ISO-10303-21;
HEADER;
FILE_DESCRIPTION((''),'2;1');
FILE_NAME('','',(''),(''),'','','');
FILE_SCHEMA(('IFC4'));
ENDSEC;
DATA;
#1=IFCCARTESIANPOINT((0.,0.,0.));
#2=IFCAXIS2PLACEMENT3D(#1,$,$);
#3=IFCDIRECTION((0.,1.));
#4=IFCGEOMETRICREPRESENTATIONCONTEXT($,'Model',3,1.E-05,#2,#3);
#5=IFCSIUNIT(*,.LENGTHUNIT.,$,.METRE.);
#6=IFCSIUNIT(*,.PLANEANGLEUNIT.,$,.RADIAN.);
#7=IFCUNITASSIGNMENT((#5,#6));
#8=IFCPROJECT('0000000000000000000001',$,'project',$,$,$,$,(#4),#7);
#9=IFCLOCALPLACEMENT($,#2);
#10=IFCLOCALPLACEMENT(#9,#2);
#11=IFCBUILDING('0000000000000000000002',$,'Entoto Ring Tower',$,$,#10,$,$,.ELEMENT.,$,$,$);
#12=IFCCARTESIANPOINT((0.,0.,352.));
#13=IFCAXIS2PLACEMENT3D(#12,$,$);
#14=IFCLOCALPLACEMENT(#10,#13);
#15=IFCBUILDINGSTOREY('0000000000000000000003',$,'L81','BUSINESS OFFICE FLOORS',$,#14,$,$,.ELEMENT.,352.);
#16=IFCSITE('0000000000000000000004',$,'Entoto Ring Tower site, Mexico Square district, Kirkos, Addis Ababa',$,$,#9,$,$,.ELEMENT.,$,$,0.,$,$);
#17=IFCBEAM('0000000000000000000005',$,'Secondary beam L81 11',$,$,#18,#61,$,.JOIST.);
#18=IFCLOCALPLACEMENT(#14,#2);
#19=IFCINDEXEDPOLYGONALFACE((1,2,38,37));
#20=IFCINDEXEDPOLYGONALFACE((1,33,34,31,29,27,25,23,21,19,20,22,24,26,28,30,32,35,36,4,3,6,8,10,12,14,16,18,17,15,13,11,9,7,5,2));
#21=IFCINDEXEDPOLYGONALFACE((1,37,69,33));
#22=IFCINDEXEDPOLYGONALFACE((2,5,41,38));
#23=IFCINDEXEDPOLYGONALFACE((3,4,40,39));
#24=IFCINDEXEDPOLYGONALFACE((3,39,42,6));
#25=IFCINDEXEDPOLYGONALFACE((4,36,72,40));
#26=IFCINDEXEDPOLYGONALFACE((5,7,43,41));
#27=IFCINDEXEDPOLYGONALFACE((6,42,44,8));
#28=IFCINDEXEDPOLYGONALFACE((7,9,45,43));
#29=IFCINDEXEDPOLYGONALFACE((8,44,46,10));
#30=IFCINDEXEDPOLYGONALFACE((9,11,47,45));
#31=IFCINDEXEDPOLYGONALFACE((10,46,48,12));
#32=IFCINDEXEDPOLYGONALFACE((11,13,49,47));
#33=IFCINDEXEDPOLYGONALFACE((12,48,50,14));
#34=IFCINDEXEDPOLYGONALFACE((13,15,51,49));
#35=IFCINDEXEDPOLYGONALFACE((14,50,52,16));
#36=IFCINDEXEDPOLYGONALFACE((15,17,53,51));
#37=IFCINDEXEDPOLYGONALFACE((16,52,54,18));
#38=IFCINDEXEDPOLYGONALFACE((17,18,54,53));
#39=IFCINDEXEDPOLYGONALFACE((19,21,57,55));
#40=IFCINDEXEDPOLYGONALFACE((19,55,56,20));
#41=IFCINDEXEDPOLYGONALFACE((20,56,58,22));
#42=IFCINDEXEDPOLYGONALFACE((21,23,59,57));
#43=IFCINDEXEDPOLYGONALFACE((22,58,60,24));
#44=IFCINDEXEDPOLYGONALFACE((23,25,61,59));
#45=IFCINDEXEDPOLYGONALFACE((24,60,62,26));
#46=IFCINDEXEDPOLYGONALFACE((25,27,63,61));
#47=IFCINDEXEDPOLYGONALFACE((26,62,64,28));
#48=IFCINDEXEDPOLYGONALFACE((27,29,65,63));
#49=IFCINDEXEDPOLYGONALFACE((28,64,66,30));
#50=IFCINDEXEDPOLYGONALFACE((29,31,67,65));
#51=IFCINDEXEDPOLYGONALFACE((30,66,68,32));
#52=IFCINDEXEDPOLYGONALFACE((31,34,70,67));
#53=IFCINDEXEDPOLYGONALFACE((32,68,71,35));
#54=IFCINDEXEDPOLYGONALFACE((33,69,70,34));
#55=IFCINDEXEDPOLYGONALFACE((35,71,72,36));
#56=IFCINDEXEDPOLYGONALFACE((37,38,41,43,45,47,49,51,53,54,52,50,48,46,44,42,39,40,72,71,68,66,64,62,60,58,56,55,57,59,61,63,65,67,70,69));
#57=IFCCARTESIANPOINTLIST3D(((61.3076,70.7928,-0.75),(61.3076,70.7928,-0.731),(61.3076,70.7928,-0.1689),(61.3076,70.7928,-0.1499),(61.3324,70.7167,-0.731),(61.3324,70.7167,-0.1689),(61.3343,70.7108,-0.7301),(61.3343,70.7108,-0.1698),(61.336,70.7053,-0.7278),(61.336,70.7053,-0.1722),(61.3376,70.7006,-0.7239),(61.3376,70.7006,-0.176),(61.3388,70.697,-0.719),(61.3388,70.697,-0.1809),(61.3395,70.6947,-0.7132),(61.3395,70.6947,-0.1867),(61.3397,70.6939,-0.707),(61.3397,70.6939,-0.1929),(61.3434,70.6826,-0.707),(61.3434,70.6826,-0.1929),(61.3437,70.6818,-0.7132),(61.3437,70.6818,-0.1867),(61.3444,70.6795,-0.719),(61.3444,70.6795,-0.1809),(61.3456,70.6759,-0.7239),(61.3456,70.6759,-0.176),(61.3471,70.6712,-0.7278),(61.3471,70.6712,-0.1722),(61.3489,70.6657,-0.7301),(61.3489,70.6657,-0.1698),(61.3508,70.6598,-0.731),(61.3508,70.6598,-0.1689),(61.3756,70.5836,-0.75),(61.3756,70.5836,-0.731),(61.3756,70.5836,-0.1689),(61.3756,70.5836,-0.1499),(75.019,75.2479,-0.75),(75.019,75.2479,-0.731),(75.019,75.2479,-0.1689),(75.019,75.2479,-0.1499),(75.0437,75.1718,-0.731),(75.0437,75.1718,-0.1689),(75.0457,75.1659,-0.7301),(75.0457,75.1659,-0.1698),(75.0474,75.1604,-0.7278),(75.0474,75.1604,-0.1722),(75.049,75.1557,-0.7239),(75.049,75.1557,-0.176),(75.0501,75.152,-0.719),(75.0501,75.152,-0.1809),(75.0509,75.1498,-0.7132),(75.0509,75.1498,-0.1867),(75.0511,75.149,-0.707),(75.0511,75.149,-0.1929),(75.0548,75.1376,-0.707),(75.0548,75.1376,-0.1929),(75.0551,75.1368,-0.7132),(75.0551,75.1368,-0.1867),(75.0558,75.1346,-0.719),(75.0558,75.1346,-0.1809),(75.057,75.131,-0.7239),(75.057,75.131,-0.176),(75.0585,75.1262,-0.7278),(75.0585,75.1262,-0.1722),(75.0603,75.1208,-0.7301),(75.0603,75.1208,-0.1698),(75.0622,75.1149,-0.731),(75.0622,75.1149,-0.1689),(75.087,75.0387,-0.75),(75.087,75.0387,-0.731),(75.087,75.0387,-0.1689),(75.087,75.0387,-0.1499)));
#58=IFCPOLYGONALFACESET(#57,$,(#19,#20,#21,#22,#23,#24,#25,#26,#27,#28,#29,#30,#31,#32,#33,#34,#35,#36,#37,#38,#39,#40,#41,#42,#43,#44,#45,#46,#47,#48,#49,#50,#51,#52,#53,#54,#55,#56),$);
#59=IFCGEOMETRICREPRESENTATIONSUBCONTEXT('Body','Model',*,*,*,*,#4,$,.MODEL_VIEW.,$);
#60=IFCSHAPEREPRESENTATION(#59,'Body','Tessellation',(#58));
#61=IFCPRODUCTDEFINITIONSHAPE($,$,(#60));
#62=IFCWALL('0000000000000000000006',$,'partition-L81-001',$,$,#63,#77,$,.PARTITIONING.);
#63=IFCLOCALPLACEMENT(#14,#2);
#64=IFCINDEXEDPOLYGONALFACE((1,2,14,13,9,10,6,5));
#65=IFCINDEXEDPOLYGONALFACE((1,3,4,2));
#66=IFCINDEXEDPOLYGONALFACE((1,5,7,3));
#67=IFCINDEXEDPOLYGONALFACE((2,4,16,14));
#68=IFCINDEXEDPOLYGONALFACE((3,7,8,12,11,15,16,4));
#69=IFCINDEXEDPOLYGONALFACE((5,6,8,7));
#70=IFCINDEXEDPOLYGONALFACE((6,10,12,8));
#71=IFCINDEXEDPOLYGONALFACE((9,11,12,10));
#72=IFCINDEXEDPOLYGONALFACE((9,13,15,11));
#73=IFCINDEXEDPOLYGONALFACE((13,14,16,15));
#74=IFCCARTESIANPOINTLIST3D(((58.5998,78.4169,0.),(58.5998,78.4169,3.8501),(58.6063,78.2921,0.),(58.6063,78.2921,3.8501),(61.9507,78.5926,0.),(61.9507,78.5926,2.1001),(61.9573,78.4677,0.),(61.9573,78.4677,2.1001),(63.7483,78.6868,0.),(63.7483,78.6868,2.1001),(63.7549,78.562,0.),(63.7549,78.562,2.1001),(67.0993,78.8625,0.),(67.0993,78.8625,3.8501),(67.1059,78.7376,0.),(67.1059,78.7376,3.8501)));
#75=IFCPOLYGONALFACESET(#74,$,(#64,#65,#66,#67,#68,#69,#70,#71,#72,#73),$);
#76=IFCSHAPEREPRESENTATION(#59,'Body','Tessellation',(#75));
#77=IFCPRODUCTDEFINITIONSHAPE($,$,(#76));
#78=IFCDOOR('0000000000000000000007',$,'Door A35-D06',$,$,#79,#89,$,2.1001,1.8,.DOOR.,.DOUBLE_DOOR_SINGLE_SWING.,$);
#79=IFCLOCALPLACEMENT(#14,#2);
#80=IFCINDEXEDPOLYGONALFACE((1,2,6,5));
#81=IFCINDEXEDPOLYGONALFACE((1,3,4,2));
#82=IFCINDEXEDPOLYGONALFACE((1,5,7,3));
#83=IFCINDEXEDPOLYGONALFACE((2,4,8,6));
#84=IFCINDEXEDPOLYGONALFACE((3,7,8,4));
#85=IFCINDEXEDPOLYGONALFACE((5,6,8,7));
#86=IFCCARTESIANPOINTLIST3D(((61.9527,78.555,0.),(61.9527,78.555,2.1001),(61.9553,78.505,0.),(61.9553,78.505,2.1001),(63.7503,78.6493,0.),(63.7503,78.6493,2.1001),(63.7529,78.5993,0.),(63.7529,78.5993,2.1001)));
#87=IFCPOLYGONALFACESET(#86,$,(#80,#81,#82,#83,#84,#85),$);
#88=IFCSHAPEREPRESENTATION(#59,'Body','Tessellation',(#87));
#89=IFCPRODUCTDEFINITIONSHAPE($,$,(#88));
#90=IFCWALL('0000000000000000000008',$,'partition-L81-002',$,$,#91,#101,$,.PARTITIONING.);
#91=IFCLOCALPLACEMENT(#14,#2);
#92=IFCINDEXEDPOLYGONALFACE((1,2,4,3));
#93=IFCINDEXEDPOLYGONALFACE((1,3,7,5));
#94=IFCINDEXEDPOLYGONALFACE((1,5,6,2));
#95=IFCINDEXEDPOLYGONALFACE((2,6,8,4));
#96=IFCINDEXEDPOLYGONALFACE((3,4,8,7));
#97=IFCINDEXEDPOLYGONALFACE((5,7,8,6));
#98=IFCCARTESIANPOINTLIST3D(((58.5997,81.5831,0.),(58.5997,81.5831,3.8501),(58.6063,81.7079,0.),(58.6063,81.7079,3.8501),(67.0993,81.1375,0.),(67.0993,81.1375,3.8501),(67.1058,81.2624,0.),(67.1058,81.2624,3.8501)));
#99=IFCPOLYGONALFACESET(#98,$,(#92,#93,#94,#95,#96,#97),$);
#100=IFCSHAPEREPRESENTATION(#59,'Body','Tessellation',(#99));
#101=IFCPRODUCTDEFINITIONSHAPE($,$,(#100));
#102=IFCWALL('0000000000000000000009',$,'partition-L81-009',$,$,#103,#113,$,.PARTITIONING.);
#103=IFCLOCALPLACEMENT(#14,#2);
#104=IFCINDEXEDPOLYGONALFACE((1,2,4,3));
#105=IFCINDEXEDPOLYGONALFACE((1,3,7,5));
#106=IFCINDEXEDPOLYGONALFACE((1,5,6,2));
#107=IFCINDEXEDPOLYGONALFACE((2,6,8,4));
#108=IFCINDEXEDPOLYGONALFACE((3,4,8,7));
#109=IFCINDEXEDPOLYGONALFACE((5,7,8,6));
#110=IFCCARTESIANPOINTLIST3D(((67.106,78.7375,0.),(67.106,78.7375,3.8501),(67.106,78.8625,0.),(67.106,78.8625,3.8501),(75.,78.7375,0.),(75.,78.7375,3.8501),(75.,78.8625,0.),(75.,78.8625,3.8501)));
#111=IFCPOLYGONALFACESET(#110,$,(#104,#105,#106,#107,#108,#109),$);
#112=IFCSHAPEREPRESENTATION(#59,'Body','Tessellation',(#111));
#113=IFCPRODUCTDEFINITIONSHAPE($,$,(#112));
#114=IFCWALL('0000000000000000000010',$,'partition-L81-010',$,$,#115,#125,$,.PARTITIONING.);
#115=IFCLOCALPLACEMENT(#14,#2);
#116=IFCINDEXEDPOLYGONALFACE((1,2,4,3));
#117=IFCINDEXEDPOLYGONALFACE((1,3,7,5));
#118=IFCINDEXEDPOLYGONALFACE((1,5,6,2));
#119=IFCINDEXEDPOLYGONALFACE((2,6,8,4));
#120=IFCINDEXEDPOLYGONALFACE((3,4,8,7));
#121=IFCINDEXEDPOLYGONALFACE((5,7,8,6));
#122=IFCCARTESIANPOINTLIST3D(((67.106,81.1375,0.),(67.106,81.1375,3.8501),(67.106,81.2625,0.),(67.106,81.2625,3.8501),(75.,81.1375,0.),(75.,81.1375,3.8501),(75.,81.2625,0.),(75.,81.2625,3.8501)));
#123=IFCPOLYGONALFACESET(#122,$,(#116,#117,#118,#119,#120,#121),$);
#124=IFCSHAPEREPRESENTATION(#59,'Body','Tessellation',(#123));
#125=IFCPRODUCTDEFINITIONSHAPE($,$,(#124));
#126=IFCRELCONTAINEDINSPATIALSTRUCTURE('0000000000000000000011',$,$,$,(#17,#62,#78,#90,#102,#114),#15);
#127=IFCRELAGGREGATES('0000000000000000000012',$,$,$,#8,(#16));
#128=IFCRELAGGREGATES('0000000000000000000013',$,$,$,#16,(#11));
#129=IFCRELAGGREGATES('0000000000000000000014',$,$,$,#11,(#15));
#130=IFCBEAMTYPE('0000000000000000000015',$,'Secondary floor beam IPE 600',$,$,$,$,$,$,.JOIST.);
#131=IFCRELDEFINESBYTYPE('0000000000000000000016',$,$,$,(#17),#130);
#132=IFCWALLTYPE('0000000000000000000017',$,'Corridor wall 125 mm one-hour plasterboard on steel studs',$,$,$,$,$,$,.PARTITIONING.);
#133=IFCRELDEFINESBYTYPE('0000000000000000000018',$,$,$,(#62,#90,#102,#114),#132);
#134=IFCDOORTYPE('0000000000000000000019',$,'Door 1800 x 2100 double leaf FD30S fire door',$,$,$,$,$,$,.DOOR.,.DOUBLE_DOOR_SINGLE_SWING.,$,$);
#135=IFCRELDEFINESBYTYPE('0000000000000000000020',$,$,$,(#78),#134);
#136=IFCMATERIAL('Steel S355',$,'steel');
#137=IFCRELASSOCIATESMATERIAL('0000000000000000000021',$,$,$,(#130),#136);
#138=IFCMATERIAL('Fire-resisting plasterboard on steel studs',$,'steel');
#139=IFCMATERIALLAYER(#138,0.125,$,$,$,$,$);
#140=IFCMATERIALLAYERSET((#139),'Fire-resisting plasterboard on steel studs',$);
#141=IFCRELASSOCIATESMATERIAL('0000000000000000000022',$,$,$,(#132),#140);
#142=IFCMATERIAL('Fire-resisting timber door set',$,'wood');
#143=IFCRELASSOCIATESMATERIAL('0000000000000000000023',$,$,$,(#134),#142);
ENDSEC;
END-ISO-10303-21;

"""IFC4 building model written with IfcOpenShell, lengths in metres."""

from ifc_helpers import new_model, si_unit, direction, frame, frame_2d, origin, origin_2d, place, context, subcontext, project, spatial, rectangle, i_section, extrude, material, layer, layer_set, material_profile, profile_set, type_object, element, fill, save


model = new_model("IFC4")

# Units and contexts
model_context = context("Model", 3, precision=1e-05, world=origin(), true_north=direction((0.0, 1.0)))
body_context = subcontext(model_context, "Body", "Model", "MODEL_VIEW")
ifc_project = project(units=[si_unit("LENGTHUNIT", "METRE"), si_unit("PLANEANGLEUNIT", "RADIAN")], contexts=[model_context])

# Site, building, storey
site_placement = place(None, origin())
site = spatial("IfcSite", under=ifc_project, at=site_placement, Name="Entoto Ring Tower site, Mexico Square district, Kirkos, Addis Ababa", CompositionType="ELEMENT", RefElevation=0.0)
building_placement = place(site_placement, origin())
building = spatial("IfcBuilding", under=site, at=building_placement, Name="Entoto Ring Tower", CompositionType="ELEMENT")
storey_placement = place(building_placement, frame((0.0, 0.0, 352.0)))
storey = spatial("IfcBuildingStorey", under=building, at=storey_placement, Name="L81", Description="BUSINESS OFFICE FLOORS", CompositionType="ELEMENT", Elevation=352.0)

# Beam
ifc_material_1 = material(Name="Steel S355", Category="steel")
ifc_material_profile_1 = material_profile(ifc_material_1, i_section(OverallWidth=0.22, OverallDepth=0.6001, WebThickness=0.012, FlangeThickness=0.019, FilletRadius=0.0239, at=origin_2d()), Name="IPE 600")
ifc_profile_set_1 = profile_set([ifc_material_profile_1], Name="Steel S355")
beam_type_1 = type_object("IfcBeamType", Name="Secondary floor beam IPE 600", PredefinedType="JOIST", material=ifc_profile_set_1)
beam_1_placement = place(storey_placement, frame((75.053, 75.1433, -0.45), z_axis=(-0.951057, -0.309015, 0.0), x_axis=(0.309015, -0.951057, 0.0)))
element("IfcBeam", 1, at=beam_1_placement, inside=storey, type_object=beam_type_1, Name="Secondary beam L81 11", PredefinedType="JOIST", context=body_context, shape_type="SweptSolid", body=[
    extrude(i_section(OverallWidth=0.22, OverallDepth=0.6001, WebThickness=0.012, FlangeThickness=0.019, FilletRadius=0.0239, at=origin_2d()), origin(), (0.0, 0.0, 1.0), 14.417),
])

# Wall, opening, door
ifc_material_2 = material(Name="Fire-resisting plasterboard on steel studs", Category="steel")
ifc_layer = layer(ifc_material_2, 0.125)
ifc_layer_set = layer_set([ifc_layer], Name="Fire-resisting plasterboard on steel studs")
wall_type = type_object("IfcWallType", Name="Corridor wall 125 mm one-hour plasterboard on steel studs", PredefinedType="PARTITIONING", material=ifc_layer_set)
wall_1_placement = place(storey_placement, frame((58.603, 78.3545, 0.0), z_axis=(0.0, 0.0, 1.0), x_axis=(0.998629, 0.05235, 0.0)))
wall_1 = element("IfcWall", 2, at=wall_1_placement, inside=storey, type_object=wall_type, Name="partition-L81-001", PredefinedType="PARTITIONING", context=body_context, shape_type="SweptSolid", body=[
    extrude(rectangle(XDim=8.5112, YDim=0.125, at=frame_2d((4.2556, 0.0))), origin(), (0.0, 0.0, 1.0), 3.8501),
])
opening_placement = place(wall_1_placement, frame((3.3557, 0.0, 0.0)))
opening = element("IfcOpeningElement", 3, at=opening_placement, cuts=wall_1, PredefinedType="OPENING", context=body_context, shape_type="SweptSolid", body=[
    extrude(rectangle(XDim=1.8, YDim=2.1001, at=frame_2d((0.8999, 1.05))), frame((0.0, 0.0725, 0.0), z_axis=(0.0, -1.0, 0.0), x_axis=(1.0, 0.0, 0.0)), (0.0, 0.0, 1.0), 0.145),
])
ifc_material_3 = material(Name="Fire-resisting timber door set", Category="wood")
door_type = type_object("IfcDoorType", Name="Door 1800 x 2100 double leaf FD30S fire door", OperationType="DOUBLE_DOOR_SINGLE_SWING", PredefinedType="DOOR", material=ifc_material_3)
door_placement = place(opening_placement, origin())
door = element("IfcDoor", 4, at=door_placement, inside=storey, type_object=door_type, Name="Door A35-D06", OperationType="DOUBLE_DOOR_SINGLE_SWING", OverallHeight=2.1001, OverallWidth=1.8, PredefinedType="DOOR", context=body_context, shape_type="SweptSolid", body=[
    extrude(rectangle(XDim=1.8, YDim=2.1001, at=frame_2d((0.8999, 1.05))), frame((0.0, 0.0249, 0.0), z_axis=(0.0, -1.0, 0.0), x_axis=(1.0, 0.0, 0.0)), (0.0, 0.0, 1.0), 0.05),
])
fill(opening, door)

# Walls
wall_2_placement = place(storey_placement, frame((67.1025, 81.2, 0.0), z_axis=(0.0, 0.0, 1.0), x_axis=(-0.998629, 0.05235, 0.0)))
element("IfcWall", 5, at=wall_2_placement, inside=storey, type_object=wall_type, Name="partition-L81-002", PredefinedType="PARTITIONING", context=body_context, shape_type="SweptSolid", body=[
    extrude(rectangle(XDim=8.5112, YDim=0.125, at=frame_2d((4.2556, 0.0))), origin(), (0.0, 0.0, 1.0), 3.8501),
])
for number, where, z_axis, x_axis, name in (
    (6, (67.106, 78.8, 0.0), (0.0, 0.0, 1.0), (1.0, 0.0, 0.0), "partition-L81-009"),
    (7, (67.106, 81.2, 0.0), (0.0, 0.0, 1.0), (1.0, 0.0, 0.0), "partition-L81-010"),
):
    element("IfcWall", number, at=place(storey_placement, frame(where, z_axis=z_axis, x_axis=x_axis)), inside=storey, type_object=wall_type, Name=name, PredefinedType="PARTITIONING", context=body_context, shape_type="SweptSolid", body=[
        extrude(rectangle(XDim=7.894, YDim=0.125, at=frame_2d((3.947, 0.0))), origin(), (0.0, 0.0, 1.0), 3.8501),
    ])

save(model, "model.ifc")
